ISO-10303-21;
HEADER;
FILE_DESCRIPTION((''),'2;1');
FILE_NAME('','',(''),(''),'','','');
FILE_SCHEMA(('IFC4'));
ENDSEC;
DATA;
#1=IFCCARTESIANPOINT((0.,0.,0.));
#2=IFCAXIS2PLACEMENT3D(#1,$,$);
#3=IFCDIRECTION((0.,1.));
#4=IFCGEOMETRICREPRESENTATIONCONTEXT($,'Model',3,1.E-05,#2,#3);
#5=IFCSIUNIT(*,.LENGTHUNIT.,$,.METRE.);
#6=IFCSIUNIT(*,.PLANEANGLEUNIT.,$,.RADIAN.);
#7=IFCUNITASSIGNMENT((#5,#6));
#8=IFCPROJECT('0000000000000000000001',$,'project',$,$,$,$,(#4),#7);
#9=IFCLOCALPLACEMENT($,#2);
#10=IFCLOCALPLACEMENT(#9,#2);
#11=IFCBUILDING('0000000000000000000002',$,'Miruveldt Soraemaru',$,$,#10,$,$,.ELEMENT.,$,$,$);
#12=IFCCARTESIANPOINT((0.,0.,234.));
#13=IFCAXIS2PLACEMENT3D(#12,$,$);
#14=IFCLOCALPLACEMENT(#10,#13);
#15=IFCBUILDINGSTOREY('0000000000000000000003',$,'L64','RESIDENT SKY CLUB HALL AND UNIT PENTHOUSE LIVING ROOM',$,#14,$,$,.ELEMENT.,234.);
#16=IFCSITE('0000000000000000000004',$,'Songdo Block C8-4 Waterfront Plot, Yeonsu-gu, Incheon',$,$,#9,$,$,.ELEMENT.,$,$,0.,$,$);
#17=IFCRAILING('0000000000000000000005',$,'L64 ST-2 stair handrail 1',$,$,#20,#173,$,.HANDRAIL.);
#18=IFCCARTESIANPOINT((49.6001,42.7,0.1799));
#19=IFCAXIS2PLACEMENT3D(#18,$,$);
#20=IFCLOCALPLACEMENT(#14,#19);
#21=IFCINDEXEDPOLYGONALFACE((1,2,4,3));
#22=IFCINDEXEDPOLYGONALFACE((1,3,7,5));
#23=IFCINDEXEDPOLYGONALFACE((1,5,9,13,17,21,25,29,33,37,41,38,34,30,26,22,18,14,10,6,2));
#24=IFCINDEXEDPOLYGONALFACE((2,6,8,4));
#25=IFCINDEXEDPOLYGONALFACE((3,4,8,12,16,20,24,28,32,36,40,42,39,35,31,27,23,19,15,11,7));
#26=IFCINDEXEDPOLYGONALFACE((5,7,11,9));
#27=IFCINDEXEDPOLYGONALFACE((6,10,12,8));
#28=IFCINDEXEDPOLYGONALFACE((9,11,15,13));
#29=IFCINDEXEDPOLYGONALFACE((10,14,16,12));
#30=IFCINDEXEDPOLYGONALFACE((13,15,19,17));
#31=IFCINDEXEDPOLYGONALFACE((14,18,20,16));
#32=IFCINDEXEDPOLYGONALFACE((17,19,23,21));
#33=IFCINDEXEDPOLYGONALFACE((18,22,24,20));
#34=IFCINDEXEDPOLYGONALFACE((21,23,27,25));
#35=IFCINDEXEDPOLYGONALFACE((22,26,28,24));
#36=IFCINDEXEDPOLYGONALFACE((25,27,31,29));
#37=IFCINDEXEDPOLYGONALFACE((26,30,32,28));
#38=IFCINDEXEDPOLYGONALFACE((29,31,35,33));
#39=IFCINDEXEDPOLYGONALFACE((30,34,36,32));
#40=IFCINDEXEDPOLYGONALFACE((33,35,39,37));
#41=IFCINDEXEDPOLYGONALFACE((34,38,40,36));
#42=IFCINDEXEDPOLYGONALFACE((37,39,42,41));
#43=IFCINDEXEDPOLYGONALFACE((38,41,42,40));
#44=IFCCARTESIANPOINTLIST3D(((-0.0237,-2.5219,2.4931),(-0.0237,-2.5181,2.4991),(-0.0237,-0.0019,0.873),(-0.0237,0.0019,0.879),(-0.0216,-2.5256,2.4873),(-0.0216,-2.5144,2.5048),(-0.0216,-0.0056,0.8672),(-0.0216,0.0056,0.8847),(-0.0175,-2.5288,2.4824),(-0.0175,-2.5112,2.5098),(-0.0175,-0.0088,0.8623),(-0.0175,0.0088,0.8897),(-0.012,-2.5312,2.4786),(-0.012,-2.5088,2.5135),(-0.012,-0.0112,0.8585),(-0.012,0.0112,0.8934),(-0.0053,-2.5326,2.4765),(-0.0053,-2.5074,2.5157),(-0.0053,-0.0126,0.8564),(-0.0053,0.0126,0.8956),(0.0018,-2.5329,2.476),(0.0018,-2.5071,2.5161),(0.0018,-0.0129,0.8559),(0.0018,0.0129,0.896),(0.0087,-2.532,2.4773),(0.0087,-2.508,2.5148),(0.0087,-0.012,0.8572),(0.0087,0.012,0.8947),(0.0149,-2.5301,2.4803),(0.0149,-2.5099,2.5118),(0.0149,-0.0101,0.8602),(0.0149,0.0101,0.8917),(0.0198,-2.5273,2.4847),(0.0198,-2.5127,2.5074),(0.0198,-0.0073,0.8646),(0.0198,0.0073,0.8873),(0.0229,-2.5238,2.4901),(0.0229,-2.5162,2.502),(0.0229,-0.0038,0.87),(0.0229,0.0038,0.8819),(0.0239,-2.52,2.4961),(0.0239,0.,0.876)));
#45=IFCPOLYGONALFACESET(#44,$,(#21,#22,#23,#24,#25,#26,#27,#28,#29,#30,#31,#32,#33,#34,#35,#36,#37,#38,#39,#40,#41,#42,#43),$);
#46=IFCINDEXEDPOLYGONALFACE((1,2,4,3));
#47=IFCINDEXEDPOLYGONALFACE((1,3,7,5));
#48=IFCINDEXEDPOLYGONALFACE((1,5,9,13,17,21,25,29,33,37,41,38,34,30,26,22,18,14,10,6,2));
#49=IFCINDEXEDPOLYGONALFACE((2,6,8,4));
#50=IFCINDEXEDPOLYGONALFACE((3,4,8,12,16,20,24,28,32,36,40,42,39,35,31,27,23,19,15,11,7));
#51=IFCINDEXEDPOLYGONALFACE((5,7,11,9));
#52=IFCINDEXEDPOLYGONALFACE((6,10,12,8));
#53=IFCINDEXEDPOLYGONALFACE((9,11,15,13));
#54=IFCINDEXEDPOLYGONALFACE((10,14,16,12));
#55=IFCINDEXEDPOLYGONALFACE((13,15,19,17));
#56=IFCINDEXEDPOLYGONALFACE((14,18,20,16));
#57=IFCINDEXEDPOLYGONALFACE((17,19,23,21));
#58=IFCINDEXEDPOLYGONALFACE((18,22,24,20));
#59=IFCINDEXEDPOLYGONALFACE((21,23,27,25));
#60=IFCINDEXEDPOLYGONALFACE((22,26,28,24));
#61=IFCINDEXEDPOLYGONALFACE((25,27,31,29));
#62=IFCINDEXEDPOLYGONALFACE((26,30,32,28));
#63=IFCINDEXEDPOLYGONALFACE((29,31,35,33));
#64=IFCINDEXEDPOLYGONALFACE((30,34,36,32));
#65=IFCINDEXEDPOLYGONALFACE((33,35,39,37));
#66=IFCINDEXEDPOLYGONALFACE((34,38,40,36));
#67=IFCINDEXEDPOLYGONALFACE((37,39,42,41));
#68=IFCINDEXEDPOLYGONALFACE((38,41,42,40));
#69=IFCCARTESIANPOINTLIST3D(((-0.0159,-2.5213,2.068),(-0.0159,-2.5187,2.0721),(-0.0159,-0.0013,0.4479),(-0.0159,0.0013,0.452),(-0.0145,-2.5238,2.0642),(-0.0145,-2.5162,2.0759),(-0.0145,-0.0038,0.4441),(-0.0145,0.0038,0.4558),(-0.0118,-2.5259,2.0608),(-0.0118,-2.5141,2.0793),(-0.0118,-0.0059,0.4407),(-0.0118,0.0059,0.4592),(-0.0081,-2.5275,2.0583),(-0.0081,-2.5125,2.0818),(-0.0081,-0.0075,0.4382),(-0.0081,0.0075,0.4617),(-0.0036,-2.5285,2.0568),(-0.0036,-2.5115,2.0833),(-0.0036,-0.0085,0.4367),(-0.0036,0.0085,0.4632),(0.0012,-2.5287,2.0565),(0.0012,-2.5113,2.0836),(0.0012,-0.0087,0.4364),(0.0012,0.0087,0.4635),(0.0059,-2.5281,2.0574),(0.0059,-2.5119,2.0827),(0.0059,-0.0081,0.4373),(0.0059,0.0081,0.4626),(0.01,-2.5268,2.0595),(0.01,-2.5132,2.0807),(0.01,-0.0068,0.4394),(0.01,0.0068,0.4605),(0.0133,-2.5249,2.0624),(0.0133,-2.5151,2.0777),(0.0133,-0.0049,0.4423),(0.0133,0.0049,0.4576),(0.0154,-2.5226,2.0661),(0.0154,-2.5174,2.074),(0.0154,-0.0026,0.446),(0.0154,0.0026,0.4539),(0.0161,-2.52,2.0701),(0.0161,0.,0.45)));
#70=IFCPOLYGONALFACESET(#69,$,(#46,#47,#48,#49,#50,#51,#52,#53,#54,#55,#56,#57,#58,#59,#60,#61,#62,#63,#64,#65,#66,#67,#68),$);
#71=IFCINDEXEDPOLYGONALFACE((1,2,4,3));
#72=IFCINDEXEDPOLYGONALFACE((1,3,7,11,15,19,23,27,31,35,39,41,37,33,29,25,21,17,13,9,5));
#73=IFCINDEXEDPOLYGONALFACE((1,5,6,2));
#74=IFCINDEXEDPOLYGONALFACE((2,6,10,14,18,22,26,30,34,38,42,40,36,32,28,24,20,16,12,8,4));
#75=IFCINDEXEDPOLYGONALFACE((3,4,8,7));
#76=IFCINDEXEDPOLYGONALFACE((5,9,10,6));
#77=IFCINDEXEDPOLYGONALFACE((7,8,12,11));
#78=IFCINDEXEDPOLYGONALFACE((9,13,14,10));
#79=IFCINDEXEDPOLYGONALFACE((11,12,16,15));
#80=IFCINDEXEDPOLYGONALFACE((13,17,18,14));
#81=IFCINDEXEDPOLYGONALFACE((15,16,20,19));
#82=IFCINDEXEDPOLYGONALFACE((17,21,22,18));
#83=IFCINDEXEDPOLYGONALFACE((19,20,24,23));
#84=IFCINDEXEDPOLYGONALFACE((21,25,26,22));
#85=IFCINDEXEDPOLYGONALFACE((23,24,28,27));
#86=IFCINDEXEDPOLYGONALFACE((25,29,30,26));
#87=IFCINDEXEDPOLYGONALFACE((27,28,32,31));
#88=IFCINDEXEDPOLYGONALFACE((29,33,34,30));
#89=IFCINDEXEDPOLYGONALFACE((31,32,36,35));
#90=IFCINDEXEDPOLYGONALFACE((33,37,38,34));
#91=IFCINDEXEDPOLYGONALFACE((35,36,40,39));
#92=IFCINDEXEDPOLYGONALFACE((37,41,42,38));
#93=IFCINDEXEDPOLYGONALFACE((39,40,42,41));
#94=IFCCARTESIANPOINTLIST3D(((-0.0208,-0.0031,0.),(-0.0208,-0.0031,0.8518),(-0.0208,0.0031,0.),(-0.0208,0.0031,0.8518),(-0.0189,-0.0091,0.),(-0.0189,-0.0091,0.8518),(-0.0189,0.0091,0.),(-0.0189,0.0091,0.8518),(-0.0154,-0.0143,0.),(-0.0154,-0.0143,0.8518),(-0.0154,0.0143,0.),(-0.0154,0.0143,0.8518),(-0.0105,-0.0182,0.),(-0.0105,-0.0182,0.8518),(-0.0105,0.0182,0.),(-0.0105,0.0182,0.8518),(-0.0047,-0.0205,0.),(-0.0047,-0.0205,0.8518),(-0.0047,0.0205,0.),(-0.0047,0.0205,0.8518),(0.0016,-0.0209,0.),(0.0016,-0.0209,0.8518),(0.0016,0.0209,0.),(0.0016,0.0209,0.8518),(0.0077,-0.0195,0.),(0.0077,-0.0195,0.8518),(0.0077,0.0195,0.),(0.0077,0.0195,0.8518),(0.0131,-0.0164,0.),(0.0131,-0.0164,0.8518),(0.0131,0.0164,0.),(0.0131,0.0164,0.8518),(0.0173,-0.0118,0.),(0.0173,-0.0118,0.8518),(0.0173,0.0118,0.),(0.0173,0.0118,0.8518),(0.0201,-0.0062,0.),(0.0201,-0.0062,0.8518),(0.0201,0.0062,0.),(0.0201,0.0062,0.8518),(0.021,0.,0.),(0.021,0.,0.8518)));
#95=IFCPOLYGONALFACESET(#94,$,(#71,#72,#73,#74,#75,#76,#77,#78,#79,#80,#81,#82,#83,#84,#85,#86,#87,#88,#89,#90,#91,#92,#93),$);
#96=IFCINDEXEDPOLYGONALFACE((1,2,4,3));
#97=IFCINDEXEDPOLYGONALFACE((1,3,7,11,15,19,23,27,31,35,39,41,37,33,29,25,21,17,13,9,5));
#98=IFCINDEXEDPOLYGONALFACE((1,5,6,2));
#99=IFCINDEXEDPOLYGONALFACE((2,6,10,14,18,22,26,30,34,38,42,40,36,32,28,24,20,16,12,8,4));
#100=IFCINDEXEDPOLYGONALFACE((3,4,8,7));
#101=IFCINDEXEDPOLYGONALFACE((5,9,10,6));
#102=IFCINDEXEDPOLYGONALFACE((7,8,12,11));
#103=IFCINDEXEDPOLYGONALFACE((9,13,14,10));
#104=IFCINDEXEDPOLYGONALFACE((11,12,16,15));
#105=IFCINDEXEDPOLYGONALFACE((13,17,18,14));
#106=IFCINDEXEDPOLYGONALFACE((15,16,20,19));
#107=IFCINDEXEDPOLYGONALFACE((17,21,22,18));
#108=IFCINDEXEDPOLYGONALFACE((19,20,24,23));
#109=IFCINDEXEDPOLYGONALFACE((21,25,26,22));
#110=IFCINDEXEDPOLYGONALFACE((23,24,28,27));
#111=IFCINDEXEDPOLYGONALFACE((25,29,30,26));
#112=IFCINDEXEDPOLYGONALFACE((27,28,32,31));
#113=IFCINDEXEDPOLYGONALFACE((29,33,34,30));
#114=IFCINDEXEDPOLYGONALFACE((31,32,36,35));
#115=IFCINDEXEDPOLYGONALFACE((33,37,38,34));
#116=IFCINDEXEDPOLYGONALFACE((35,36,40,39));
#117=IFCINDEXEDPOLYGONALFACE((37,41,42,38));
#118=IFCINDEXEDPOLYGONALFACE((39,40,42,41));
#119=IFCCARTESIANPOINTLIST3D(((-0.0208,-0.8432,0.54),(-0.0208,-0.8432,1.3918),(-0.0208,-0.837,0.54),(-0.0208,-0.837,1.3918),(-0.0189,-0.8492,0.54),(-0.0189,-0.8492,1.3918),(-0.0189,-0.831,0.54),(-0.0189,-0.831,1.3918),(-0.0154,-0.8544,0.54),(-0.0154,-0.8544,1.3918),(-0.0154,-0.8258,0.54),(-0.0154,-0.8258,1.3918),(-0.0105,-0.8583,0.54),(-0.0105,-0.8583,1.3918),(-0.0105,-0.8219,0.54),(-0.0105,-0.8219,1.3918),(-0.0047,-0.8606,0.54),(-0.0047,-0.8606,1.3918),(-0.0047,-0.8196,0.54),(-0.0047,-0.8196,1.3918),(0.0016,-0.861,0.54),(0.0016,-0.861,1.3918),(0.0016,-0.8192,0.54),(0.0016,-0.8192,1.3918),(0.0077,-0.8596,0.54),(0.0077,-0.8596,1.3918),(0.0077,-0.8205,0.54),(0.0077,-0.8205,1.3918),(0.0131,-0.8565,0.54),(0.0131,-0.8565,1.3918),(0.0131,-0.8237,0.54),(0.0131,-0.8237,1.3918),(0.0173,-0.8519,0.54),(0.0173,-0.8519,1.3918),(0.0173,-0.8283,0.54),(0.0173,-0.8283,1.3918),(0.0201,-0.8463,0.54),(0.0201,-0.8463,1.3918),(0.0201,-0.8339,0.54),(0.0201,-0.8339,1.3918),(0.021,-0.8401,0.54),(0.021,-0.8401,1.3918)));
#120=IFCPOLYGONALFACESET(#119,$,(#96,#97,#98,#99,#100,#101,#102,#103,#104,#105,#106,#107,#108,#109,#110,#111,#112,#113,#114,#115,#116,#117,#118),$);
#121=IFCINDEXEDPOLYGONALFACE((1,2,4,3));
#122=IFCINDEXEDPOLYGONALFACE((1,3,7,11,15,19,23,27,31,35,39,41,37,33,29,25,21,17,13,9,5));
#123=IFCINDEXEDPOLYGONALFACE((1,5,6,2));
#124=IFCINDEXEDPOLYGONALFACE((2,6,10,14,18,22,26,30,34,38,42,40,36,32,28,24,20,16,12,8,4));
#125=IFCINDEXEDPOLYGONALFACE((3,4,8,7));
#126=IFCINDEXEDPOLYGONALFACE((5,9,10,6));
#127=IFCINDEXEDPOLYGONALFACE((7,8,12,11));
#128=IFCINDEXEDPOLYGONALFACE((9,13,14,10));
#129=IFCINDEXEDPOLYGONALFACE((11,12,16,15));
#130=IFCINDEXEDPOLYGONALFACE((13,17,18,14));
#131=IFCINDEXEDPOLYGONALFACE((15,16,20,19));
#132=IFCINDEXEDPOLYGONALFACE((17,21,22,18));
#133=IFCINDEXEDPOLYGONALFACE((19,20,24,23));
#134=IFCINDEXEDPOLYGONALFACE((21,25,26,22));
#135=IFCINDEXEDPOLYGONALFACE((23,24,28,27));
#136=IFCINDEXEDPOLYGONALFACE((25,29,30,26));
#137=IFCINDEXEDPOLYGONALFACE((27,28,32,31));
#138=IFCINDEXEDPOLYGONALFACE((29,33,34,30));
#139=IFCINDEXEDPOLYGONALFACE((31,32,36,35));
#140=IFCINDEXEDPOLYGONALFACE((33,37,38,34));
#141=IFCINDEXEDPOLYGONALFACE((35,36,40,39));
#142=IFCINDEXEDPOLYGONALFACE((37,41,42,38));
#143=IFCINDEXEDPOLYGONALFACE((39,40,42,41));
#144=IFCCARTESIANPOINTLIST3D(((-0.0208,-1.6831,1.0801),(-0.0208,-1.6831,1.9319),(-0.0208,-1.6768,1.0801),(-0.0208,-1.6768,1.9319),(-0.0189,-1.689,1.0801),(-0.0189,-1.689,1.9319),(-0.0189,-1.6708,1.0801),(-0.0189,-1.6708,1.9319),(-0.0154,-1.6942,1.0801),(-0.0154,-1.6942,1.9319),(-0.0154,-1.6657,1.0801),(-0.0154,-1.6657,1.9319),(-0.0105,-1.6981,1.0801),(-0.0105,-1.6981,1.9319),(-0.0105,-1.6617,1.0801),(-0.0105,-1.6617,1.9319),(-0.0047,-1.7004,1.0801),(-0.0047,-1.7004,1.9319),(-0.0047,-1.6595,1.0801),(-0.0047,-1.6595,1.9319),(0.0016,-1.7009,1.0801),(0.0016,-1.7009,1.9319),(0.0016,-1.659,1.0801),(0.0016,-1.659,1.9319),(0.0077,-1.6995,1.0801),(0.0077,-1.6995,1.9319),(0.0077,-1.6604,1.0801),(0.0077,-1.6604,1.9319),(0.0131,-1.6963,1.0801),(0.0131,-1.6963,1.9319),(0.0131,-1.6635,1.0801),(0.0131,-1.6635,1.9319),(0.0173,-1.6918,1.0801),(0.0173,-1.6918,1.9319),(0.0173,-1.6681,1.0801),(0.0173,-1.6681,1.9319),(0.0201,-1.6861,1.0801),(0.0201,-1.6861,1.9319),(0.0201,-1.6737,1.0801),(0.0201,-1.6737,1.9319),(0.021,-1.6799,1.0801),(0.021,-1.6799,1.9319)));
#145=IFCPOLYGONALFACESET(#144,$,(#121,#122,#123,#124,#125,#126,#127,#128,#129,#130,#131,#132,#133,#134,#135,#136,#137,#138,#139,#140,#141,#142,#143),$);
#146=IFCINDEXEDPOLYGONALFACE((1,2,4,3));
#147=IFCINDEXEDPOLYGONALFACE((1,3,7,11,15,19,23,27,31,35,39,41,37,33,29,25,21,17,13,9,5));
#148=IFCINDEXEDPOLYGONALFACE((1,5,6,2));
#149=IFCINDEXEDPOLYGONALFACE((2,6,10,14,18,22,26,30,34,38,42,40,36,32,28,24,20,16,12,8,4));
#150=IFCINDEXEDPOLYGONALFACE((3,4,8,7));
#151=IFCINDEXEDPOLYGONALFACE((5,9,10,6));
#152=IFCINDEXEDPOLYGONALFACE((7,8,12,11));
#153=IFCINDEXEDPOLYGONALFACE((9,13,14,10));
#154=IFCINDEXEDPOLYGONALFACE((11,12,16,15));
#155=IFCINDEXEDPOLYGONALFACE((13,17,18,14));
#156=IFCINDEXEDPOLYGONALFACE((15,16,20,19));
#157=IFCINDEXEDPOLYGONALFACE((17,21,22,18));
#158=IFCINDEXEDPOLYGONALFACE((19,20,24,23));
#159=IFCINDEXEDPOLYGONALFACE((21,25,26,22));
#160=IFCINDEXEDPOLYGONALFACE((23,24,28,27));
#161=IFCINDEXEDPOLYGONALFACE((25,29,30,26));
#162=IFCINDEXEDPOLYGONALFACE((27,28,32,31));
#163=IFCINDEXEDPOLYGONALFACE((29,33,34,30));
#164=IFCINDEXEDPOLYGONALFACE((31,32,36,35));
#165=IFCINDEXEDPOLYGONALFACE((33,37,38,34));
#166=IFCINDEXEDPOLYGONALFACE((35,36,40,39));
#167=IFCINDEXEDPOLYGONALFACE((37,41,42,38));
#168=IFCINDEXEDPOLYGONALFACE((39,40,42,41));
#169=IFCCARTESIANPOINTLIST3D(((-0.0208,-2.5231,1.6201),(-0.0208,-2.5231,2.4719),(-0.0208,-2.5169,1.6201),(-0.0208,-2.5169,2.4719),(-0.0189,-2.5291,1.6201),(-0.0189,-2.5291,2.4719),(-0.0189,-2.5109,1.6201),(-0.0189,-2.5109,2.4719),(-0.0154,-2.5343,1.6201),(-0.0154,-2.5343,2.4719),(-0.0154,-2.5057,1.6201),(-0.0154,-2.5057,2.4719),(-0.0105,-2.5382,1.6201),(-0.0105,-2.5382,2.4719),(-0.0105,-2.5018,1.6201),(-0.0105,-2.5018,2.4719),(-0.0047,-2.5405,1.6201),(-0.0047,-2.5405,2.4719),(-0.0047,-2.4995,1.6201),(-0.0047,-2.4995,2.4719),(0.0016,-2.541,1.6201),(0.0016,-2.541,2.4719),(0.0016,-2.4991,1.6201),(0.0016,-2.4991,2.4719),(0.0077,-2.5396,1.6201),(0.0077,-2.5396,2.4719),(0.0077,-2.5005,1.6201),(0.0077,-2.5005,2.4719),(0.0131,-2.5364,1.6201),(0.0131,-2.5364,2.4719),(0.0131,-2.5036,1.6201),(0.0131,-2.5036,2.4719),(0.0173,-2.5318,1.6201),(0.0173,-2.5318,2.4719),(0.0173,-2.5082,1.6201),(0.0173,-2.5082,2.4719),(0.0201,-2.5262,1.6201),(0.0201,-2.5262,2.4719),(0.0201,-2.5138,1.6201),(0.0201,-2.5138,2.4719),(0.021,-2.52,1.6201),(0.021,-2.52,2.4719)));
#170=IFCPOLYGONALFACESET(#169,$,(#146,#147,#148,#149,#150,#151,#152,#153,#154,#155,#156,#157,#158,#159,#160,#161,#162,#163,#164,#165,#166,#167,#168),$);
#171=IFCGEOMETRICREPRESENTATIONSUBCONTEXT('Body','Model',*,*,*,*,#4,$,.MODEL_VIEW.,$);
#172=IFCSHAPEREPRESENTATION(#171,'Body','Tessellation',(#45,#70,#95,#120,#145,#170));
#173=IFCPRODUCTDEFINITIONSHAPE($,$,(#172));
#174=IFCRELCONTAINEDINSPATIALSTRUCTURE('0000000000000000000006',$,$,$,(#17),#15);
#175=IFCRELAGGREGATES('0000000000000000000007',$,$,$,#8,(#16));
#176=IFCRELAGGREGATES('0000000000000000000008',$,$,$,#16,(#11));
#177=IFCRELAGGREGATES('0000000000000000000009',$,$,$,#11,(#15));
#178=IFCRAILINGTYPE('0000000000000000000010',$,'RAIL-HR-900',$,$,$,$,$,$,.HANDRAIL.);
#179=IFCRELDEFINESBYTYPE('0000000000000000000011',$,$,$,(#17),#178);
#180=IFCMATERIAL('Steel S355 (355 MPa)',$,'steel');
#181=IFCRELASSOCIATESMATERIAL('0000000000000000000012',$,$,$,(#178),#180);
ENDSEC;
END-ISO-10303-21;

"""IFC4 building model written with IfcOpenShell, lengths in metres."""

from ifc_helpers import new_model, si_unit, direction, frame, origin, origin_2d, place, context, subcontext, project, spatial, circle, extrude, material, type_object, element, save


model = new_model("IFC4")

# Units and contexts
model_context = context("Model", 3, precision=1e-05, world=origin(), true_north=direction((0.0, 1.0)))
body_context = subcontext(model_context, "Body", "Model", "MODEL_VIEW")
ifc_project = project(units=[si_unit("LENGTHUNIT", "METRE"), si_unit("PLANEANGLEUNIT", "RADIAN")], contexts=[model_context])

# Site, building, storey
site_placement = place(None, origin())
site = spatial("IfcSite", under=ifc_project, at=site_placement, Name="Songdo Block C8-4 Waterfront Plot, Yeonsu-gu, Incheon", CompositionType="ELEMENT", RefElevation=0.0)
building_placement = place(site_placement, origin())
building = spatial("IfcBuilding", under=site, at=building_placement, Name="Miruveldt Soraemaru", CompositionType="ELEMENT")
storey_placement = place(building_placement, frame((0.0, 0.0, 234.0)))
storey = spatial("IfcBuildingStorey", under=building, at=storey_placement, Name="L64", Description="RESIDENT SKY CLUB HALL AND UNIT PENTHOUSE LIVING ROOM", CompositionType="ELEMENT", Elevation=234.0)

# Railing
ifc_material_1 = material(Name="Steel S355 (355 MPa)", Category="steel")
railing_type_1 = type_object("IfcRailingType", Name="RAIL-HR-900", PredefinedType="HANDRAIL", material=ifc_material_1)
railing_1_placement = place(storey_placement, frame((49.6001, 42.7, 0.1799)))
element("IfcRailing", 1, at=railing_1_placement, inside=storey, type_object=railing_type_1, Name="L64 ST-2 stair handrail 1", PredefinedType="HANDRAIL", context=body_context, shape_type="SweptSolid", body=[
    extrude(circle(Radius=0.0239, at=origin_2d()), frame((0.0, 0.0, 0.876), z_axis=(0.0, -0.841163, 0.540782), x_axis=(1.0, 0.0, 0.0)), (0.0, 0.0, 1.0), 2.9958),
    extrude(circle(Radius=0.0161, at=origin_2d()), frame((0.0, 0.0, 0.45), z_axis=(0.0, -0.841163, 0.540782), x_axis=(1.0, 0.0, 0.0)), (0.0, 0.0, 1.0), 2.9958),
    extrude(circle(Radius=0.021, at=origin_2d()), origin(), (0.0, 0.0, 1.0), 0.8518),
    extrude(circle(Radius=0.021, at=origin_2d()), frame((0.0, -0.8401, 0.54)), (0.0, 0.0, 1.0), 0.8518),
    extrude(circle(Radius=0.021, at=origin_2d()), frame((0.0, -1.6799, 1.0801)), (0.0, 0.0, 1.0), 0.8518),
    extrude(circle(Radius=0.021, at=origin_2d()), frame((0.0, -2.52, 1.6201)), (0.0, 0.0, 1.0), 0.8518),
])

save(model, "model.ifc")
